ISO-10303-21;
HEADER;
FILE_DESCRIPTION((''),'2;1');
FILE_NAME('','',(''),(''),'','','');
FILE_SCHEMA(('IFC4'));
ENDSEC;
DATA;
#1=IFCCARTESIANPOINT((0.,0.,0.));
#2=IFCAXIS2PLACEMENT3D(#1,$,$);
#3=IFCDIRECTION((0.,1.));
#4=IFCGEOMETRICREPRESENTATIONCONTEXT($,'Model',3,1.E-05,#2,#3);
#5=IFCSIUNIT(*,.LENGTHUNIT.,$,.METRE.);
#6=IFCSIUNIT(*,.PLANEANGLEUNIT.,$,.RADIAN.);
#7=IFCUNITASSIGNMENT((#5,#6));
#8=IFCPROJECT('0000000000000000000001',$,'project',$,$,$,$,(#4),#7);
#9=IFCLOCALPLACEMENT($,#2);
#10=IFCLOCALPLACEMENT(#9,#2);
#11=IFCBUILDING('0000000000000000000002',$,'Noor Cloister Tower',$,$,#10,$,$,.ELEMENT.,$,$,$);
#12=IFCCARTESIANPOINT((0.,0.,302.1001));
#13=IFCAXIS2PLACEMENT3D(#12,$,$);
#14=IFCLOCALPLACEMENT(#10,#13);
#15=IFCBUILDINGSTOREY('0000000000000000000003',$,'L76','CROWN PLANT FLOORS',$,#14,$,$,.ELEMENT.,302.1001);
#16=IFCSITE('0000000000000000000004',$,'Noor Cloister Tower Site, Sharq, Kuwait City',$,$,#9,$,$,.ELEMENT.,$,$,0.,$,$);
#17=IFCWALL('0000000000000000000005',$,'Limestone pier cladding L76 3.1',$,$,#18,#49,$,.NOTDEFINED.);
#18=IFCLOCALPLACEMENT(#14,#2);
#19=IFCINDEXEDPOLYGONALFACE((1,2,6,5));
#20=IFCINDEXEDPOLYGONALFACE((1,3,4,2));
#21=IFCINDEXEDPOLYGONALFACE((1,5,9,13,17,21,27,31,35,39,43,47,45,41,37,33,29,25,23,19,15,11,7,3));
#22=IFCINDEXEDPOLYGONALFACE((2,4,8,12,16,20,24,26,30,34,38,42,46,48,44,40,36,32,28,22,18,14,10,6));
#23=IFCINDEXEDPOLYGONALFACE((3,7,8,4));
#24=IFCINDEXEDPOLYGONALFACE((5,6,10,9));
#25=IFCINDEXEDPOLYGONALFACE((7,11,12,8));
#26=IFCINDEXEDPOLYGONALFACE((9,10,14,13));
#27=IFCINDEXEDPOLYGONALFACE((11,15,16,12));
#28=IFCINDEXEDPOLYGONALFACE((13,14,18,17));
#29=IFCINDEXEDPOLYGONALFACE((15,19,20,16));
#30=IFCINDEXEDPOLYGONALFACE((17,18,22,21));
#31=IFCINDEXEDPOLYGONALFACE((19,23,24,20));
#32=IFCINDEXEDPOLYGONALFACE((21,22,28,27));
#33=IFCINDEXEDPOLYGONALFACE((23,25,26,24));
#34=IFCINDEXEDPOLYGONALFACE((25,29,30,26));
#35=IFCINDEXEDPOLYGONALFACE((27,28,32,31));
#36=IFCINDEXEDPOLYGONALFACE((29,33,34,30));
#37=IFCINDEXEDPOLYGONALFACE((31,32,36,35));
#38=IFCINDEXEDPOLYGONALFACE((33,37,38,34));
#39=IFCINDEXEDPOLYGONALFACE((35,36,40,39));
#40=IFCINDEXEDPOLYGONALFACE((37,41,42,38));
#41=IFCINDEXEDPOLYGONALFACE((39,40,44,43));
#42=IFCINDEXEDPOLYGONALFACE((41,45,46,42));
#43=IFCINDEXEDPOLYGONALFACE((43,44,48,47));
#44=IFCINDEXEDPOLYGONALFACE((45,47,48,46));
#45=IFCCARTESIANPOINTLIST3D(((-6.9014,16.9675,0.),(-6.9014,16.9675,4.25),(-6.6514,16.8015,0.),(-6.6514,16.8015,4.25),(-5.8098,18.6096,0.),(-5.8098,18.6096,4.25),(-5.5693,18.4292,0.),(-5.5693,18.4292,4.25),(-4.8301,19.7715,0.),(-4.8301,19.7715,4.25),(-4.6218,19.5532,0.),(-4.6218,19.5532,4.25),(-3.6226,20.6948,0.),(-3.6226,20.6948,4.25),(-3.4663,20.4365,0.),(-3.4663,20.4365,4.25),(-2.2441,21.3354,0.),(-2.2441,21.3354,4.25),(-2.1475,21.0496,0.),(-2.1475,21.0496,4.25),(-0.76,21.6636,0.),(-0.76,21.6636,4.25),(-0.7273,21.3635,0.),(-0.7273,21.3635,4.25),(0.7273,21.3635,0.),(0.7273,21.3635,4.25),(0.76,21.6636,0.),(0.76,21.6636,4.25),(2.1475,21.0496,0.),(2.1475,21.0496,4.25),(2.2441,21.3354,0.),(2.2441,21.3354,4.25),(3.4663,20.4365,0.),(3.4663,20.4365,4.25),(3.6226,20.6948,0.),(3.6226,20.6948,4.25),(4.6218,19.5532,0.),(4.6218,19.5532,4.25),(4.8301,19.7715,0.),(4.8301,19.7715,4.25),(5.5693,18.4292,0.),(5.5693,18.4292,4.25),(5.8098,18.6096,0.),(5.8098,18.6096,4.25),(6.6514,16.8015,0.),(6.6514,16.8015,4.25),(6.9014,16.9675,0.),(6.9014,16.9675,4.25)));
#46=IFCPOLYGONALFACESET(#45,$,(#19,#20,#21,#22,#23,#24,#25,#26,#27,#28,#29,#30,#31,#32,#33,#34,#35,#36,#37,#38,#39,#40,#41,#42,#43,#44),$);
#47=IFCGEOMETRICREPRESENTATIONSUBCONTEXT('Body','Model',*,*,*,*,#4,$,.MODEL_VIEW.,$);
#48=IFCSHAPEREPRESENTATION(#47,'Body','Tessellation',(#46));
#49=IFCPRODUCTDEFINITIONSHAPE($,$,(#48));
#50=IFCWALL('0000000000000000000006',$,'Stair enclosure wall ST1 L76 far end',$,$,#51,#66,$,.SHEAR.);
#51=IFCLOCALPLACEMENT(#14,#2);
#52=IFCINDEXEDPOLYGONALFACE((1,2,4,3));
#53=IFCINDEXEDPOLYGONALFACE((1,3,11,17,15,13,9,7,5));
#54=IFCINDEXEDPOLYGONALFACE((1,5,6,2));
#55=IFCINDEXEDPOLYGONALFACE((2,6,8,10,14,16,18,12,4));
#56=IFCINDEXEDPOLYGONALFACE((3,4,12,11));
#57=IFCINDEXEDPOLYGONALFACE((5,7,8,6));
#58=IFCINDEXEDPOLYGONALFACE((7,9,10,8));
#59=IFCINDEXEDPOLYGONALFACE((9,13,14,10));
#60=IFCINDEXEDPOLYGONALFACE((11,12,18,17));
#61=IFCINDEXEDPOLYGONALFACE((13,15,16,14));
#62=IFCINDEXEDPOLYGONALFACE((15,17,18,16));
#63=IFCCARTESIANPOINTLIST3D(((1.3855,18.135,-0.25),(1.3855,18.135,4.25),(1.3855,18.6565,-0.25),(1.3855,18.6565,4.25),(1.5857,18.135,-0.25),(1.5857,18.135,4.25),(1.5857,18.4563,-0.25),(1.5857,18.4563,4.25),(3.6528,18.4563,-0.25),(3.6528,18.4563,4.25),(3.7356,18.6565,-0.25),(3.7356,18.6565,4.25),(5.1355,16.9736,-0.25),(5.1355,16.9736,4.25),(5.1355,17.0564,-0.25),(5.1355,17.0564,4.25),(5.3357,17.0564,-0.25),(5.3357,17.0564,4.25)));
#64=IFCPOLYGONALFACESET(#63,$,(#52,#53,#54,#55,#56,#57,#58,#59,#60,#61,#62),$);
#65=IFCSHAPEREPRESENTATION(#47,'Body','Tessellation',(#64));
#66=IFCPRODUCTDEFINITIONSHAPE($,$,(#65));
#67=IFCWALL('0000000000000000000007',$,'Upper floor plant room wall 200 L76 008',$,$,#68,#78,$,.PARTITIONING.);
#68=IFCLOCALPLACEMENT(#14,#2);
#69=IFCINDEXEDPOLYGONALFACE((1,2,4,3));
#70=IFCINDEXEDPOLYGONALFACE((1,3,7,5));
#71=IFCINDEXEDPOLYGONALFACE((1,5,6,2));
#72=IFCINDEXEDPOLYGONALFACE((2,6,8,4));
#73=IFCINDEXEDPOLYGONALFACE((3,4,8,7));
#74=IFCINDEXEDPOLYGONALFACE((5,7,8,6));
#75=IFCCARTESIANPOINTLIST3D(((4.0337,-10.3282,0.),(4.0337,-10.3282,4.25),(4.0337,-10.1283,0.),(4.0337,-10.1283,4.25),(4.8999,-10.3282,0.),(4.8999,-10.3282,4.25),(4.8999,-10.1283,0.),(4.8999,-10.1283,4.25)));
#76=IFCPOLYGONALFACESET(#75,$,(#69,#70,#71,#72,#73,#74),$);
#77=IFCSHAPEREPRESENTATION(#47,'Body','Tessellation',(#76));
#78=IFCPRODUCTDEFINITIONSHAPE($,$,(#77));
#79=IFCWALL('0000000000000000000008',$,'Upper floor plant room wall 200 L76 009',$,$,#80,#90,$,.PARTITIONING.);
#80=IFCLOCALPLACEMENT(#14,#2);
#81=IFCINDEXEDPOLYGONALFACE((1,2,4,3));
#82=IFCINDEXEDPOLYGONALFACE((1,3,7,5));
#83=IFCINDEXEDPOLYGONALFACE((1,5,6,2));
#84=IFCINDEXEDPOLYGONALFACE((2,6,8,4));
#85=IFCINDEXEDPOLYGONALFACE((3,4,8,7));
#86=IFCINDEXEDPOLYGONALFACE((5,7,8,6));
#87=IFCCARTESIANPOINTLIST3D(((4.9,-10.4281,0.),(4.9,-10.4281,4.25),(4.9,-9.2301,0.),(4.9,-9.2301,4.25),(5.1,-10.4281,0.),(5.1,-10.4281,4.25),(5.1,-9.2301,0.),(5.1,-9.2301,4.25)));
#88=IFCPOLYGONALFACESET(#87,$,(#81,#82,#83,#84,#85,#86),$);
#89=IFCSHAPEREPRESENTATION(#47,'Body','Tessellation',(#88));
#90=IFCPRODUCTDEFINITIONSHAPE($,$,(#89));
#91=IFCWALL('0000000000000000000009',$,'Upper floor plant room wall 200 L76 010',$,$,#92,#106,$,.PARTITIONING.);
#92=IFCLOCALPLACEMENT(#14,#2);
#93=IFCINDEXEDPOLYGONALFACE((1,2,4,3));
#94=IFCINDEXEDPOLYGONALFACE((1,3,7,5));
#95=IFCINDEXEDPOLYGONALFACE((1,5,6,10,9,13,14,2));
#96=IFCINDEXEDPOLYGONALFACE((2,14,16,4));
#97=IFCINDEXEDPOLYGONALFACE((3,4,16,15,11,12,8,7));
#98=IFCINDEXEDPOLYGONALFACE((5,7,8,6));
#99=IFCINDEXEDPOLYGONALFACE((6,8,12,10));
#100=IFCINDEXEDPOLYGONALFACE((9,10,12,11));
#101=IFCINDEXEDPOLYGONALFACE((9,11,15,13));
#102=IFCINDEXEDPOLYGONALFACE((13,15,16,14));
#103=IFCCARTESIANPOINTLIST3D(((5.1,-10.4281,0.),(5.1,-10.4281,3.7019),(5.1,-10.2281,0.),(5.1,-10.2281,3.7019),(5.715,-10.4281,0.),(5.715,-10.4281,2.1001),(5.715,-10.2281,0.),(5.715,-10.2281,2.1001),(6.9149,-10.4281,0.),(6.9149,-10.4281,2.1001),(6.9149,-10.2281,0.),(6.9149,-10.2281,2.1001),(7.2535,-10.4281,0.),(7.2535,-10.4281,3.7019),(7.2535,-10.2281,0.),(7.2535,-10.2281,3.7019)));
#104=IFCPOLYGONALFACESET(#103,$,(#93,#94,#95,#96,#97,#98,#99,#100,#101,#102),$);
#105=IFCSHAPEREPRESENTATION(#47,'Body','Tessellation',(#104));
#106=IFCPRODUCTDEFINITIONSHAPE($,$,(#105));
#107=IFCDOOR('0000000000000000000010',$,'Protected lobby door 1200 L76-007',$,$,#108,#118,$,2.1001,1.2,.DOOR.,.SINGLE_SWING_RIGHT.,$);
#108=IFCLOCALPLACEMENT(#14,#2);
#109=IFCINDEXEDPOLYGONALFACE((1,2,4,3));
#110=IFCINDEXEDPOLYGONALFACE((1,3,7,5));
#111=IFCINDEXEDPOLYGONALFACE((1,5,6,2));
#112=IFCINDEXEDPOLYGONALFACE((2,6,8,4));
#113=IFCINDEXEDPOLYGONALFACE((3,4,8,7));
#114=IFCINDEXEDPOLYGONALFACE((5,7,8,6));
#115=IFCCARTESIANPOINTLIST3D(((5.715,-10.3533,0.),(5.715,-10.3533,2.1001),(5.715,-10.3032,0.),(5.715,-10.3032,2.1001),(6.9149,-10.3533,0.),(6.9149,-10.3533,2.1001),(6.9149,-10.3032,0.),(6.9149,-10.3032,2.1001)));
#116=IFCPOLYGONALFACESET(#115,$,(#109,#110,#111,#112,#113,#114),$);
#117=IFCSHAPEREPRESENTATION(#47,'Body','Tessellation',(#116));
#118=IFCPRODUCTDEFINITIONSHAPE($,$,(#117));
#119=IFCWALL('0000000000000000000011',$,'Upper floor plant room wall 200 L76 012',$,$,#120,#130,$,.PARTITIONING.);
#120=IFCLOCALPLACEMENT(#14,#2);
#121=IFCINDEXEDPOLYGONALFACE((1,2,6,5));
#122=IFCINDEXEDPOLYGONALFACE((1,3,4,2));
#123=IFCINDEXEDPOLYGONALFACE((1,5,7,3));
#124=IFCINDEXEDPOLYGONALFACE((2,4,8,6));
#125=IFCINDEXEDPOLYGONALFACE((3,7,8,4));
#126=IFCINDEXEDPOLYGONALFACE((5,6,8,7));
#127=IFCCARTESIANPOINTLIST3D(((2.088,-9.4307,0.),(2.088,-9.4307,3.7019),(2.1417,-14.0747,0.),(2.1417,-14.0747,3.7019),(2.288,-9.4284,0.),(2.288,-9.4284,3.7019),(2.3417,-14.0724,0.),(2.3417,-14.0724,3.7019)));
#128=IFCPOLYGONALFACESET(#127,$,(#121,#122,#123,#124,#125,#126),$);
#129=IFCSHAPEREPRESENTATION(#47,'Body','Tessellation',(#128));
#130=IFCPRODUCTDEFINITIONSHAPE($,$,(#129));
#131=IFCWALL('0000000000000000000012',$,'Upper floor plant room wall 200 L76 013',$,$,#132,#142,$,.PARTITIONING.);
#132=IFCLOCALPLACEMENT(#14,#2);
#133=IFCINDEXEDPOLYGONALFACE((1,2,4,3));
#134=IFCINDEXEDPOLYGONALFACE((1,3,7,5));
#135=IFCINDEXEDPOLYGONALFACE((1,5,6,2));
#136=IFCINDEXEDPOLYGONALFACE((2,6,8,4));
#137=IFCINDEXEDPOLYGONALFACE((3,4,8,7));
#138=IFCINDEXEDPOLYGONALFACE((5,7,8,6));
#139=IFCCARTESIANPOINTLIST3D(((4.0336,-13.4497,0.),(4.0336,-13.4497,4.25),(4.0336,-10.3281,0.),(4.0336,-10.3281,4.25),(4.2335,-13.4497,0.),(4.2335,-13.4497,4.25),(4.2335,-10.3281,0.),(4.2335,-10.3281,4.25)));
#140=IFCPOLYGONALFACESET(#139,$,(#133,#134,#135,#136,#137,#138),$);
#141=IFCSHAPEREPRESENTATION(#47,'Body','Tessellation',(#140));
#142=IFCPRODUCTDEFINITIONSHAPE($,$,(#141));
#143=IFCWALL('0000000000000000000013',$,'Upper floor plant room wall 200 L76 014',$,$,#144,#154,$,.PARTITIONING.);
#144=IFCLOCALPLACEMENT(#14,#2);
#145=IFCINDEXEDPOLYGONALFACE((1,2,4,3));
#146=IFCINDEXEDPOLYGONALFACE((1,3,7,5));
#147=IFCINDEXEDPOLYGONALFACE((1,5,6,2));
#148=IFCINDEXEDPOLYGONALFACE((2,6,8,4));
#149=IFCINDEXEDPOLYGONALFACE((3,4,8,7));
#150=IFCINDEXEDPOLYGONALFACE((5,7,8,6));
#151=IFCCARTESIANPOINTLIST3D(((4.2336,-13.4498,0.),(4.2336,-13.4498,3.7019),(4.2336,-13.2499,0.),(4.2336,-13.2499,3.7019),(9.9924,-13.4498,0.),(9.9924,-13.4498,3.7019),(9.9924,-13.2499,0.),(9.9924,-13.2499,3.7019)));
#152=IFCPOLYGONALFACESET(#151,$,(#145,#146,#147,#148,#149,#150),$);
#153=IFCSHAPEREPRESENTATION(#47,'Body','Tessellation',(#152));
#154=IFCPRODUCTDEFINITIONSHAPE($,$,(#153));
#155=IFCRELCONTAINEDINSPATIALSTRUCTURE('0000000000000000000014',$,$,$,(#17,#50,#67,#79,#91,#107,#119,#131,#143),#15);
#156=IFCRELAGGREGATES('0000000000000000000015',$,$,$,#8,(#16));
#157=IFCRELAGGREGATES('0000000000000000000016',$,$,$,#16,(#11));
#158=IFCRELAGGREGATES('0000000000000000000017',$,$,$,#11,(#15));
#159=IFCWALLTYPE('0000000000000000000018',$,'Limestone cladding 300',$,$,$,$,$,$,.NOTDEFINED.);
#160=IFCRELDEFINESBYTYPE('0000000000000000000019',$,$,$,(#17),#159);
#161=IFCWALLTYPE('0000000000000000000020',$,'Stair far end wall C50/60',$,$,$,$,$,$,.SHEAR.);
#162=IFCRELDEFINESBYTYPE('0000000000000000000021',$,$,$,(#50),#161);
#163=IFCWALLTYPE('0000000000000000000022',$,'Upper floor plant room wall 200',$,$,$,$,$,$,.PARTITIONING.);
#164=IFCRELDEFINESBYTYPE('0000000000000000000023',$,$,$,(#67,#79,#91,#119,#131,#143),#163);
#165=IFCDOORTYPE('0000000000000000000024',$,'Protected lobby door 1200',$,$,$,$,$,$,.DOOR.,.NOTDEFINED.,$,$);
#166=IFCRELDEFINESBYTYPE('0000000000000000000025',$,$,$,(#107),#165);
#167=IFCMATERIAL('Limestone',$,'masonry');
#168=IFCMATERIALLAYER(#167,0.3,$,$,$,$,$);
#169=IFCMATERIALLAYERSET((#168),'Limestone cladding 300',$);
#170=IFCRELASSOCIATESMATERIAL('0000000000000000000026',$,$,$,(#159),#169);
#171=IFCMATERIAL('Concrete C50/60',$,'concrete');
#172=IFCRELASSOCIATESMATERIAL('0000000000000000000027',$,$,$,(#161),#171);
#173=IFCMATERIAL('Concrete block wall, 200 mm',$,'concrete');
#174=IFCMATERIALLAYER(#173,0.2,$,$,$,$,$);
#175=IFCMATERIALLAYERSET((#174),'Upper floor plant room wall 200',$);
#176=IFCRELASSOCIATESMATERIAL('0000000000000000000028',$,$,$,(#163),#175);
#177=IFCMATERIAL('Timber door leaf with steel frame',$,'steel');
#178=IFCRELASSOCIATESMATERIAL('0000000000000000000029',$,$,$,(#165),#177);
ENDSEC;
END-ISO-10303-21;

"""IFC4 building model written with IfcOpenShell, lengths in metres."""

from ifc_helpers import new_model, si_unit, direction, frame, frame_2d, origin, place, context, subcontext, project, spatial, polyline, rectangle, outline, extrude, material, layer, layer_set, type_object, element, fill, save


model = new_model("IFC4")

# Units and contexts
model_context = context("Model", 3, precision=1e-05, world=origin(), true_north=direction((0.0, 1.0)))
body_context = subcontext(model_context, "Body", "Model", "MODEL_VIEW")
ifc_project = project(units=[si_unit("LENGTHUNIT", "METRE"), si_unit("PLANEANGLEUNIT", "RADIAN")], contexts=[model_context])

# Site, building, storey
site_placement = place(None, origin())
site = spatial("IfcSite", under=ifc_project, at=site_placement, Name="Noor Cloister Tower Site, Sharq, Kuwait City", CompositionType="ELEMENT", RefElevation=0.0)
building_placement = place(site_placement, origin())
building = spatial("IfcBuilding", under=site, at=building_placement, Name="Noor Cloister Tower", CompositionType="ELEMENT")
storey_placement = place(building_placement, frame((0.0, 0.0, 302.1001)))
storey = spatial("IfcBuildingStorey", under=building, at=storey_placement, Name="L76", Description="CROWN PLANT FLOORS", CompositionType="ELEMENT", Elevation=302.1001)

# Walls
ifc_material_1 = material(Name="Limestone", Category="masonry")
ifc_layer_1 = layer(ifc_material_1, 0.3)
ifc_layer_set_1 = layer_set([ifc_layer_1], Name="Limestone cladding 300")
wall_type_1 = type_object("IfcWallType", Name="Limestone cladding 300", PredefinedType="NOTDEFINED", material=ifc_layer_set_1)
wall_1_placement = place(storey_placement, origin())
element("IfcWall", 1, at=wall_1_placement, inside=storey, type_object=wall_type_1, Name="Limestone pier cladding L76 3.1", PredefinedType="NOTDEFINED", context=body_context, shape_type="SweptSolid", body=[
    extrude(outline(polyline([(6.9014, 16.9675), (5.8098, 18.6096), (4.8301, 19.7715), (3.6226, 20.6948), (2.2441, 21.3354), (0.76, 21.6636), (-0.76, 21.6636), (-2.2441, 21.3354), (-3.6226, 20.6948), (-4.8301, 19.7715), (-5.8098, 18.6096), (-6.9014, 16.9675), (-6.6514, 16.8015), (-5.5693, 18.4292), (-4.6218, 19.5532), (-3.4663, 20.4365), (-2.1475, 21.0496), (-0.7273, 21.3635), (0.7273, 21.3635), (2.1475, 21.0496), (3.4663, 20.4365), (4.6218, 19.5532), (5.5693, 18.4292), (6.6514, 16.8015), (6.9014, 16.9675)])), origin(), (0.0, 0.0, 1.0), 4.25),
])
ifc_material_2 = material(Name="Concrete C50/60", Category="concrete")
wall_type_2 = type_object("IfcWallType", Name="Stair far end wall C50/60", PredefinedType="SHEAR", material=ifc_material_2)
wall_2_placement = place(storey_placement, frame((0.0, 0.0, -0.25)))
element("IfcWall", 2, at=wall_2_placement, inside=storey, type_object=wall_type_2, Name="Stair enclosure wall ST1 L76 far end", PredefinedType="SHEAR", context=body_context, shape_type="SweptSolid", body=[
    extrude(outline(polyline([(5.3357, 17.0564), (3.7356, 18.6565), (1.3855, 18.6565), (1.3855, 18.135), (1.5857, 18.135), (1.5857, 18.4563), (3.6528, 18.4563), (5.1355, 16.9736), (5.1355, 17.0564), (5.1355, 17.0564), (5.1355, 17.0564), (5.1355, 17.0564), (5.1355, 17.0564), (5.1355, 17.0564), (5.1355, 17.0564), (5.1355, 17.0564), (5.1355, 17.0564), (5.1355, 17.0564), (5.1355, 17.0564), (5.1355, 17.0564), (5.1355, 17.0564), (5.1355, 17.0564), (5.1355, 17.0564), (5.1355, 17.0564), (5.1355, 17.0564), (5.3357, 17.0564)])), origin(), (0.0, 0.0, 1.0), 4.5),
])
ifc_material_3 = material(Name="Concrete block wall, 200 mm", Category="concrete")
ifc_layer_2 = layer(ifc_material_3, 0.2)
ifc_layer_set_2 = layer_set([ifc_layer_2], Name="Upper floor plant room wall 200")
wall_type_3 = type_object("IfcWallType", Name="Upper floor plant room wall 200", PredefinedType="PARTITIONING", material=ifc_layer_set_2)
wall_3_placement = place(storey_placement, frame((4.0337, -10.2283, 0.0), z_axis=(0.0, 0.0, 1.0), x_axis=(1.0, 0.0, 0.0)))
element("IfcWall", 3, at=wall_3_placement, inside=storey, type_object=wall_type_3, Name="Upper floor plant room wall 200 L76 008", PredefinedType="PARTITIONING", context=body_context, shape_type="SweptSolid", body=[
    extrude(rectangle(XDim=0.8662, YDim=0.2, at=frame_2d((0.4331, 0.0))), origin(), (0.0, 0.0, 1.0), 4.25),
])
wall_4_placement = place(storey_placement, frame((5.0, -10.4282, 0.0), z_axis=(0.0, 0.0, 1.0), x_axis=(0.0, 1.0, 0.0)))
element("IfcWall", 4, at=wall_4_placement, inside=storey, type_object=wall_type_3, Name="Upper floor plant room wall 200 L76 009", PredefinedType="PARTITIONING", context=body_context, shape_type="SweptSolid", body=[
    extrude(rectangle(XDim=1.198, YDim=0.2, at=frame_2d((0.5991, 0.0))), origin(), (0.0, 0.0, 1.0), 4.25),
])

# Wall, opening, door
wall_5_placement = place(storey_placement, frame((5.1001, -10.3281, 0.0), z_axis=(0.0, 0.0, 1.0), x_axis=(1.0, 0.0, 0.0)))
wall_5 = element("IfcWall", 5, at=wall_5_placement, inside=storey, type_object=wall_type_3, Name="Upper floor plant room wall 200 L76 010", PredefinedType="PARTITIONING", context=body_context, shape_type="SweptSolid", body=[
    extrude(rectangle(XDim=2.1536, YDim=0.2, at=frame_2d((1.0767, 0.0))), origin(), (0.0, 0.0, 1.0), 3.7019),
])
opening_placement = place(wall_5_placement, frame((0.6147, 0.0, 0.0)))
opening = element("IfcOpeningElement", 6, at=opening_placement, cuts=wall_5, PredefinedType="OPENING", context=body_context, shape_type="SweptSolid", body=[
    extrude(rectangle(XDim=1.2, YDim=2.1001, at=frame_2d((0.6001, 1.05))), frame((0.0, 0.1099, 0.0), z_axis=(0.0, -1.0, 0.0), x_axis=(1.0, 0.0, 0.0)), (0.0, 0.0, 1.0), 0.22),
])
ifc_material_4 = material(Name="Timber door leaf with steel frame", Category="steel")
door_type = type_object("IfcDoorType", Name="Protected lobby door 1200", OperationType="NOTDEFINED", PredefinedType="DOOR", material=ifc_material_4)
door_placement = place(opening_placement, origin())
door = element("IfcDoor", 7, at=door_placement, inside=storey, type_object=door_type, Name="Protected lobby door 1200 L76-007", OperationType="SINGLE_SWING_RIGHT", OverallHeight=2.1001, OverallWidth=1.2, PredefinedType="DOOR", context=body_context, shape_type="SweptSolid", body=[
    extrude(rectangle(XDim=1.2, YDim=2.1001, at=frame_2d((0.6001, 1.05))), frame((0.0, 0.0249, 0.0), z_axis=(0.0, -1.0, 0.0), x_axis=(1.0, 0.0, 0.0)), (0.0, 0.0, 1.0), 0.05),
])
fill(opening, door)

# Walls
wall_6_placement = place(storey_placement, frame((2.188, -9.4294, 0.0), z_axis=(0.0, 0.0, 1.0), x_axis=(0.011565, -0.999933, 0.0)))
element("IfcWall", 8, at=wall_6_placement, inside=storey, type_object=wall_type_3, Name="Upper floor plant room wall 200 L76 012", PredefinedType="PARTITIONING", context=body_context, shape_type="SweptSolid", body=[
    extrude(rectangle(XDim=4.6443, YDim=0.2, at=frame_2d((2.3223, 0.0))), origin(), (0.0, 0.0, 1.0), 3.7019),
])
wall_7_placement = place(storey_placement, frame((4.1335, -10.3281, 0.0), z_axis=(0.0, 0.0, 1.0), x_axis=(0.0, -1.0, 0.0)))
element("IfcWall", 9, at=wall_7_placement, inside=storey, type_object=wall_type_3, Name="Upper floor plant room wall 200 L76 013", PredefinedType="PARTITIONING", context=body_context, shape_type="SweptSolid", body=[
    extrude(rectangle(XDim=3.1216, YDim=0.2, at=frame_2d((1.5608, 0.0))), origin(), (0.0, 0.0, 1.0), 4.25),
])
wall_8_placement = place(storey_placement, frame((4.2336, -13.3499, 0.0), z_axis=(0.0, 0.0, 1.0), x_axis=(1.0, 0.0, 0.0)))
element("IfcWall", 10, at=wall_8_placement, inside=storey, type_object=wall_type_3, Name="Upper floor plant room wall 200 L76 014", PredefinedType="PARTITIONING", context=body_context, shape_type="SweptSolid", body=[
    extrude(rectangle(XDim=5.7588, YDim=0.2, at=frame_2d((2.8794, 0.0))), origin(), (0.0, 0.0, 1.0), 3.7019),
])

save(model, "model.ifc")
